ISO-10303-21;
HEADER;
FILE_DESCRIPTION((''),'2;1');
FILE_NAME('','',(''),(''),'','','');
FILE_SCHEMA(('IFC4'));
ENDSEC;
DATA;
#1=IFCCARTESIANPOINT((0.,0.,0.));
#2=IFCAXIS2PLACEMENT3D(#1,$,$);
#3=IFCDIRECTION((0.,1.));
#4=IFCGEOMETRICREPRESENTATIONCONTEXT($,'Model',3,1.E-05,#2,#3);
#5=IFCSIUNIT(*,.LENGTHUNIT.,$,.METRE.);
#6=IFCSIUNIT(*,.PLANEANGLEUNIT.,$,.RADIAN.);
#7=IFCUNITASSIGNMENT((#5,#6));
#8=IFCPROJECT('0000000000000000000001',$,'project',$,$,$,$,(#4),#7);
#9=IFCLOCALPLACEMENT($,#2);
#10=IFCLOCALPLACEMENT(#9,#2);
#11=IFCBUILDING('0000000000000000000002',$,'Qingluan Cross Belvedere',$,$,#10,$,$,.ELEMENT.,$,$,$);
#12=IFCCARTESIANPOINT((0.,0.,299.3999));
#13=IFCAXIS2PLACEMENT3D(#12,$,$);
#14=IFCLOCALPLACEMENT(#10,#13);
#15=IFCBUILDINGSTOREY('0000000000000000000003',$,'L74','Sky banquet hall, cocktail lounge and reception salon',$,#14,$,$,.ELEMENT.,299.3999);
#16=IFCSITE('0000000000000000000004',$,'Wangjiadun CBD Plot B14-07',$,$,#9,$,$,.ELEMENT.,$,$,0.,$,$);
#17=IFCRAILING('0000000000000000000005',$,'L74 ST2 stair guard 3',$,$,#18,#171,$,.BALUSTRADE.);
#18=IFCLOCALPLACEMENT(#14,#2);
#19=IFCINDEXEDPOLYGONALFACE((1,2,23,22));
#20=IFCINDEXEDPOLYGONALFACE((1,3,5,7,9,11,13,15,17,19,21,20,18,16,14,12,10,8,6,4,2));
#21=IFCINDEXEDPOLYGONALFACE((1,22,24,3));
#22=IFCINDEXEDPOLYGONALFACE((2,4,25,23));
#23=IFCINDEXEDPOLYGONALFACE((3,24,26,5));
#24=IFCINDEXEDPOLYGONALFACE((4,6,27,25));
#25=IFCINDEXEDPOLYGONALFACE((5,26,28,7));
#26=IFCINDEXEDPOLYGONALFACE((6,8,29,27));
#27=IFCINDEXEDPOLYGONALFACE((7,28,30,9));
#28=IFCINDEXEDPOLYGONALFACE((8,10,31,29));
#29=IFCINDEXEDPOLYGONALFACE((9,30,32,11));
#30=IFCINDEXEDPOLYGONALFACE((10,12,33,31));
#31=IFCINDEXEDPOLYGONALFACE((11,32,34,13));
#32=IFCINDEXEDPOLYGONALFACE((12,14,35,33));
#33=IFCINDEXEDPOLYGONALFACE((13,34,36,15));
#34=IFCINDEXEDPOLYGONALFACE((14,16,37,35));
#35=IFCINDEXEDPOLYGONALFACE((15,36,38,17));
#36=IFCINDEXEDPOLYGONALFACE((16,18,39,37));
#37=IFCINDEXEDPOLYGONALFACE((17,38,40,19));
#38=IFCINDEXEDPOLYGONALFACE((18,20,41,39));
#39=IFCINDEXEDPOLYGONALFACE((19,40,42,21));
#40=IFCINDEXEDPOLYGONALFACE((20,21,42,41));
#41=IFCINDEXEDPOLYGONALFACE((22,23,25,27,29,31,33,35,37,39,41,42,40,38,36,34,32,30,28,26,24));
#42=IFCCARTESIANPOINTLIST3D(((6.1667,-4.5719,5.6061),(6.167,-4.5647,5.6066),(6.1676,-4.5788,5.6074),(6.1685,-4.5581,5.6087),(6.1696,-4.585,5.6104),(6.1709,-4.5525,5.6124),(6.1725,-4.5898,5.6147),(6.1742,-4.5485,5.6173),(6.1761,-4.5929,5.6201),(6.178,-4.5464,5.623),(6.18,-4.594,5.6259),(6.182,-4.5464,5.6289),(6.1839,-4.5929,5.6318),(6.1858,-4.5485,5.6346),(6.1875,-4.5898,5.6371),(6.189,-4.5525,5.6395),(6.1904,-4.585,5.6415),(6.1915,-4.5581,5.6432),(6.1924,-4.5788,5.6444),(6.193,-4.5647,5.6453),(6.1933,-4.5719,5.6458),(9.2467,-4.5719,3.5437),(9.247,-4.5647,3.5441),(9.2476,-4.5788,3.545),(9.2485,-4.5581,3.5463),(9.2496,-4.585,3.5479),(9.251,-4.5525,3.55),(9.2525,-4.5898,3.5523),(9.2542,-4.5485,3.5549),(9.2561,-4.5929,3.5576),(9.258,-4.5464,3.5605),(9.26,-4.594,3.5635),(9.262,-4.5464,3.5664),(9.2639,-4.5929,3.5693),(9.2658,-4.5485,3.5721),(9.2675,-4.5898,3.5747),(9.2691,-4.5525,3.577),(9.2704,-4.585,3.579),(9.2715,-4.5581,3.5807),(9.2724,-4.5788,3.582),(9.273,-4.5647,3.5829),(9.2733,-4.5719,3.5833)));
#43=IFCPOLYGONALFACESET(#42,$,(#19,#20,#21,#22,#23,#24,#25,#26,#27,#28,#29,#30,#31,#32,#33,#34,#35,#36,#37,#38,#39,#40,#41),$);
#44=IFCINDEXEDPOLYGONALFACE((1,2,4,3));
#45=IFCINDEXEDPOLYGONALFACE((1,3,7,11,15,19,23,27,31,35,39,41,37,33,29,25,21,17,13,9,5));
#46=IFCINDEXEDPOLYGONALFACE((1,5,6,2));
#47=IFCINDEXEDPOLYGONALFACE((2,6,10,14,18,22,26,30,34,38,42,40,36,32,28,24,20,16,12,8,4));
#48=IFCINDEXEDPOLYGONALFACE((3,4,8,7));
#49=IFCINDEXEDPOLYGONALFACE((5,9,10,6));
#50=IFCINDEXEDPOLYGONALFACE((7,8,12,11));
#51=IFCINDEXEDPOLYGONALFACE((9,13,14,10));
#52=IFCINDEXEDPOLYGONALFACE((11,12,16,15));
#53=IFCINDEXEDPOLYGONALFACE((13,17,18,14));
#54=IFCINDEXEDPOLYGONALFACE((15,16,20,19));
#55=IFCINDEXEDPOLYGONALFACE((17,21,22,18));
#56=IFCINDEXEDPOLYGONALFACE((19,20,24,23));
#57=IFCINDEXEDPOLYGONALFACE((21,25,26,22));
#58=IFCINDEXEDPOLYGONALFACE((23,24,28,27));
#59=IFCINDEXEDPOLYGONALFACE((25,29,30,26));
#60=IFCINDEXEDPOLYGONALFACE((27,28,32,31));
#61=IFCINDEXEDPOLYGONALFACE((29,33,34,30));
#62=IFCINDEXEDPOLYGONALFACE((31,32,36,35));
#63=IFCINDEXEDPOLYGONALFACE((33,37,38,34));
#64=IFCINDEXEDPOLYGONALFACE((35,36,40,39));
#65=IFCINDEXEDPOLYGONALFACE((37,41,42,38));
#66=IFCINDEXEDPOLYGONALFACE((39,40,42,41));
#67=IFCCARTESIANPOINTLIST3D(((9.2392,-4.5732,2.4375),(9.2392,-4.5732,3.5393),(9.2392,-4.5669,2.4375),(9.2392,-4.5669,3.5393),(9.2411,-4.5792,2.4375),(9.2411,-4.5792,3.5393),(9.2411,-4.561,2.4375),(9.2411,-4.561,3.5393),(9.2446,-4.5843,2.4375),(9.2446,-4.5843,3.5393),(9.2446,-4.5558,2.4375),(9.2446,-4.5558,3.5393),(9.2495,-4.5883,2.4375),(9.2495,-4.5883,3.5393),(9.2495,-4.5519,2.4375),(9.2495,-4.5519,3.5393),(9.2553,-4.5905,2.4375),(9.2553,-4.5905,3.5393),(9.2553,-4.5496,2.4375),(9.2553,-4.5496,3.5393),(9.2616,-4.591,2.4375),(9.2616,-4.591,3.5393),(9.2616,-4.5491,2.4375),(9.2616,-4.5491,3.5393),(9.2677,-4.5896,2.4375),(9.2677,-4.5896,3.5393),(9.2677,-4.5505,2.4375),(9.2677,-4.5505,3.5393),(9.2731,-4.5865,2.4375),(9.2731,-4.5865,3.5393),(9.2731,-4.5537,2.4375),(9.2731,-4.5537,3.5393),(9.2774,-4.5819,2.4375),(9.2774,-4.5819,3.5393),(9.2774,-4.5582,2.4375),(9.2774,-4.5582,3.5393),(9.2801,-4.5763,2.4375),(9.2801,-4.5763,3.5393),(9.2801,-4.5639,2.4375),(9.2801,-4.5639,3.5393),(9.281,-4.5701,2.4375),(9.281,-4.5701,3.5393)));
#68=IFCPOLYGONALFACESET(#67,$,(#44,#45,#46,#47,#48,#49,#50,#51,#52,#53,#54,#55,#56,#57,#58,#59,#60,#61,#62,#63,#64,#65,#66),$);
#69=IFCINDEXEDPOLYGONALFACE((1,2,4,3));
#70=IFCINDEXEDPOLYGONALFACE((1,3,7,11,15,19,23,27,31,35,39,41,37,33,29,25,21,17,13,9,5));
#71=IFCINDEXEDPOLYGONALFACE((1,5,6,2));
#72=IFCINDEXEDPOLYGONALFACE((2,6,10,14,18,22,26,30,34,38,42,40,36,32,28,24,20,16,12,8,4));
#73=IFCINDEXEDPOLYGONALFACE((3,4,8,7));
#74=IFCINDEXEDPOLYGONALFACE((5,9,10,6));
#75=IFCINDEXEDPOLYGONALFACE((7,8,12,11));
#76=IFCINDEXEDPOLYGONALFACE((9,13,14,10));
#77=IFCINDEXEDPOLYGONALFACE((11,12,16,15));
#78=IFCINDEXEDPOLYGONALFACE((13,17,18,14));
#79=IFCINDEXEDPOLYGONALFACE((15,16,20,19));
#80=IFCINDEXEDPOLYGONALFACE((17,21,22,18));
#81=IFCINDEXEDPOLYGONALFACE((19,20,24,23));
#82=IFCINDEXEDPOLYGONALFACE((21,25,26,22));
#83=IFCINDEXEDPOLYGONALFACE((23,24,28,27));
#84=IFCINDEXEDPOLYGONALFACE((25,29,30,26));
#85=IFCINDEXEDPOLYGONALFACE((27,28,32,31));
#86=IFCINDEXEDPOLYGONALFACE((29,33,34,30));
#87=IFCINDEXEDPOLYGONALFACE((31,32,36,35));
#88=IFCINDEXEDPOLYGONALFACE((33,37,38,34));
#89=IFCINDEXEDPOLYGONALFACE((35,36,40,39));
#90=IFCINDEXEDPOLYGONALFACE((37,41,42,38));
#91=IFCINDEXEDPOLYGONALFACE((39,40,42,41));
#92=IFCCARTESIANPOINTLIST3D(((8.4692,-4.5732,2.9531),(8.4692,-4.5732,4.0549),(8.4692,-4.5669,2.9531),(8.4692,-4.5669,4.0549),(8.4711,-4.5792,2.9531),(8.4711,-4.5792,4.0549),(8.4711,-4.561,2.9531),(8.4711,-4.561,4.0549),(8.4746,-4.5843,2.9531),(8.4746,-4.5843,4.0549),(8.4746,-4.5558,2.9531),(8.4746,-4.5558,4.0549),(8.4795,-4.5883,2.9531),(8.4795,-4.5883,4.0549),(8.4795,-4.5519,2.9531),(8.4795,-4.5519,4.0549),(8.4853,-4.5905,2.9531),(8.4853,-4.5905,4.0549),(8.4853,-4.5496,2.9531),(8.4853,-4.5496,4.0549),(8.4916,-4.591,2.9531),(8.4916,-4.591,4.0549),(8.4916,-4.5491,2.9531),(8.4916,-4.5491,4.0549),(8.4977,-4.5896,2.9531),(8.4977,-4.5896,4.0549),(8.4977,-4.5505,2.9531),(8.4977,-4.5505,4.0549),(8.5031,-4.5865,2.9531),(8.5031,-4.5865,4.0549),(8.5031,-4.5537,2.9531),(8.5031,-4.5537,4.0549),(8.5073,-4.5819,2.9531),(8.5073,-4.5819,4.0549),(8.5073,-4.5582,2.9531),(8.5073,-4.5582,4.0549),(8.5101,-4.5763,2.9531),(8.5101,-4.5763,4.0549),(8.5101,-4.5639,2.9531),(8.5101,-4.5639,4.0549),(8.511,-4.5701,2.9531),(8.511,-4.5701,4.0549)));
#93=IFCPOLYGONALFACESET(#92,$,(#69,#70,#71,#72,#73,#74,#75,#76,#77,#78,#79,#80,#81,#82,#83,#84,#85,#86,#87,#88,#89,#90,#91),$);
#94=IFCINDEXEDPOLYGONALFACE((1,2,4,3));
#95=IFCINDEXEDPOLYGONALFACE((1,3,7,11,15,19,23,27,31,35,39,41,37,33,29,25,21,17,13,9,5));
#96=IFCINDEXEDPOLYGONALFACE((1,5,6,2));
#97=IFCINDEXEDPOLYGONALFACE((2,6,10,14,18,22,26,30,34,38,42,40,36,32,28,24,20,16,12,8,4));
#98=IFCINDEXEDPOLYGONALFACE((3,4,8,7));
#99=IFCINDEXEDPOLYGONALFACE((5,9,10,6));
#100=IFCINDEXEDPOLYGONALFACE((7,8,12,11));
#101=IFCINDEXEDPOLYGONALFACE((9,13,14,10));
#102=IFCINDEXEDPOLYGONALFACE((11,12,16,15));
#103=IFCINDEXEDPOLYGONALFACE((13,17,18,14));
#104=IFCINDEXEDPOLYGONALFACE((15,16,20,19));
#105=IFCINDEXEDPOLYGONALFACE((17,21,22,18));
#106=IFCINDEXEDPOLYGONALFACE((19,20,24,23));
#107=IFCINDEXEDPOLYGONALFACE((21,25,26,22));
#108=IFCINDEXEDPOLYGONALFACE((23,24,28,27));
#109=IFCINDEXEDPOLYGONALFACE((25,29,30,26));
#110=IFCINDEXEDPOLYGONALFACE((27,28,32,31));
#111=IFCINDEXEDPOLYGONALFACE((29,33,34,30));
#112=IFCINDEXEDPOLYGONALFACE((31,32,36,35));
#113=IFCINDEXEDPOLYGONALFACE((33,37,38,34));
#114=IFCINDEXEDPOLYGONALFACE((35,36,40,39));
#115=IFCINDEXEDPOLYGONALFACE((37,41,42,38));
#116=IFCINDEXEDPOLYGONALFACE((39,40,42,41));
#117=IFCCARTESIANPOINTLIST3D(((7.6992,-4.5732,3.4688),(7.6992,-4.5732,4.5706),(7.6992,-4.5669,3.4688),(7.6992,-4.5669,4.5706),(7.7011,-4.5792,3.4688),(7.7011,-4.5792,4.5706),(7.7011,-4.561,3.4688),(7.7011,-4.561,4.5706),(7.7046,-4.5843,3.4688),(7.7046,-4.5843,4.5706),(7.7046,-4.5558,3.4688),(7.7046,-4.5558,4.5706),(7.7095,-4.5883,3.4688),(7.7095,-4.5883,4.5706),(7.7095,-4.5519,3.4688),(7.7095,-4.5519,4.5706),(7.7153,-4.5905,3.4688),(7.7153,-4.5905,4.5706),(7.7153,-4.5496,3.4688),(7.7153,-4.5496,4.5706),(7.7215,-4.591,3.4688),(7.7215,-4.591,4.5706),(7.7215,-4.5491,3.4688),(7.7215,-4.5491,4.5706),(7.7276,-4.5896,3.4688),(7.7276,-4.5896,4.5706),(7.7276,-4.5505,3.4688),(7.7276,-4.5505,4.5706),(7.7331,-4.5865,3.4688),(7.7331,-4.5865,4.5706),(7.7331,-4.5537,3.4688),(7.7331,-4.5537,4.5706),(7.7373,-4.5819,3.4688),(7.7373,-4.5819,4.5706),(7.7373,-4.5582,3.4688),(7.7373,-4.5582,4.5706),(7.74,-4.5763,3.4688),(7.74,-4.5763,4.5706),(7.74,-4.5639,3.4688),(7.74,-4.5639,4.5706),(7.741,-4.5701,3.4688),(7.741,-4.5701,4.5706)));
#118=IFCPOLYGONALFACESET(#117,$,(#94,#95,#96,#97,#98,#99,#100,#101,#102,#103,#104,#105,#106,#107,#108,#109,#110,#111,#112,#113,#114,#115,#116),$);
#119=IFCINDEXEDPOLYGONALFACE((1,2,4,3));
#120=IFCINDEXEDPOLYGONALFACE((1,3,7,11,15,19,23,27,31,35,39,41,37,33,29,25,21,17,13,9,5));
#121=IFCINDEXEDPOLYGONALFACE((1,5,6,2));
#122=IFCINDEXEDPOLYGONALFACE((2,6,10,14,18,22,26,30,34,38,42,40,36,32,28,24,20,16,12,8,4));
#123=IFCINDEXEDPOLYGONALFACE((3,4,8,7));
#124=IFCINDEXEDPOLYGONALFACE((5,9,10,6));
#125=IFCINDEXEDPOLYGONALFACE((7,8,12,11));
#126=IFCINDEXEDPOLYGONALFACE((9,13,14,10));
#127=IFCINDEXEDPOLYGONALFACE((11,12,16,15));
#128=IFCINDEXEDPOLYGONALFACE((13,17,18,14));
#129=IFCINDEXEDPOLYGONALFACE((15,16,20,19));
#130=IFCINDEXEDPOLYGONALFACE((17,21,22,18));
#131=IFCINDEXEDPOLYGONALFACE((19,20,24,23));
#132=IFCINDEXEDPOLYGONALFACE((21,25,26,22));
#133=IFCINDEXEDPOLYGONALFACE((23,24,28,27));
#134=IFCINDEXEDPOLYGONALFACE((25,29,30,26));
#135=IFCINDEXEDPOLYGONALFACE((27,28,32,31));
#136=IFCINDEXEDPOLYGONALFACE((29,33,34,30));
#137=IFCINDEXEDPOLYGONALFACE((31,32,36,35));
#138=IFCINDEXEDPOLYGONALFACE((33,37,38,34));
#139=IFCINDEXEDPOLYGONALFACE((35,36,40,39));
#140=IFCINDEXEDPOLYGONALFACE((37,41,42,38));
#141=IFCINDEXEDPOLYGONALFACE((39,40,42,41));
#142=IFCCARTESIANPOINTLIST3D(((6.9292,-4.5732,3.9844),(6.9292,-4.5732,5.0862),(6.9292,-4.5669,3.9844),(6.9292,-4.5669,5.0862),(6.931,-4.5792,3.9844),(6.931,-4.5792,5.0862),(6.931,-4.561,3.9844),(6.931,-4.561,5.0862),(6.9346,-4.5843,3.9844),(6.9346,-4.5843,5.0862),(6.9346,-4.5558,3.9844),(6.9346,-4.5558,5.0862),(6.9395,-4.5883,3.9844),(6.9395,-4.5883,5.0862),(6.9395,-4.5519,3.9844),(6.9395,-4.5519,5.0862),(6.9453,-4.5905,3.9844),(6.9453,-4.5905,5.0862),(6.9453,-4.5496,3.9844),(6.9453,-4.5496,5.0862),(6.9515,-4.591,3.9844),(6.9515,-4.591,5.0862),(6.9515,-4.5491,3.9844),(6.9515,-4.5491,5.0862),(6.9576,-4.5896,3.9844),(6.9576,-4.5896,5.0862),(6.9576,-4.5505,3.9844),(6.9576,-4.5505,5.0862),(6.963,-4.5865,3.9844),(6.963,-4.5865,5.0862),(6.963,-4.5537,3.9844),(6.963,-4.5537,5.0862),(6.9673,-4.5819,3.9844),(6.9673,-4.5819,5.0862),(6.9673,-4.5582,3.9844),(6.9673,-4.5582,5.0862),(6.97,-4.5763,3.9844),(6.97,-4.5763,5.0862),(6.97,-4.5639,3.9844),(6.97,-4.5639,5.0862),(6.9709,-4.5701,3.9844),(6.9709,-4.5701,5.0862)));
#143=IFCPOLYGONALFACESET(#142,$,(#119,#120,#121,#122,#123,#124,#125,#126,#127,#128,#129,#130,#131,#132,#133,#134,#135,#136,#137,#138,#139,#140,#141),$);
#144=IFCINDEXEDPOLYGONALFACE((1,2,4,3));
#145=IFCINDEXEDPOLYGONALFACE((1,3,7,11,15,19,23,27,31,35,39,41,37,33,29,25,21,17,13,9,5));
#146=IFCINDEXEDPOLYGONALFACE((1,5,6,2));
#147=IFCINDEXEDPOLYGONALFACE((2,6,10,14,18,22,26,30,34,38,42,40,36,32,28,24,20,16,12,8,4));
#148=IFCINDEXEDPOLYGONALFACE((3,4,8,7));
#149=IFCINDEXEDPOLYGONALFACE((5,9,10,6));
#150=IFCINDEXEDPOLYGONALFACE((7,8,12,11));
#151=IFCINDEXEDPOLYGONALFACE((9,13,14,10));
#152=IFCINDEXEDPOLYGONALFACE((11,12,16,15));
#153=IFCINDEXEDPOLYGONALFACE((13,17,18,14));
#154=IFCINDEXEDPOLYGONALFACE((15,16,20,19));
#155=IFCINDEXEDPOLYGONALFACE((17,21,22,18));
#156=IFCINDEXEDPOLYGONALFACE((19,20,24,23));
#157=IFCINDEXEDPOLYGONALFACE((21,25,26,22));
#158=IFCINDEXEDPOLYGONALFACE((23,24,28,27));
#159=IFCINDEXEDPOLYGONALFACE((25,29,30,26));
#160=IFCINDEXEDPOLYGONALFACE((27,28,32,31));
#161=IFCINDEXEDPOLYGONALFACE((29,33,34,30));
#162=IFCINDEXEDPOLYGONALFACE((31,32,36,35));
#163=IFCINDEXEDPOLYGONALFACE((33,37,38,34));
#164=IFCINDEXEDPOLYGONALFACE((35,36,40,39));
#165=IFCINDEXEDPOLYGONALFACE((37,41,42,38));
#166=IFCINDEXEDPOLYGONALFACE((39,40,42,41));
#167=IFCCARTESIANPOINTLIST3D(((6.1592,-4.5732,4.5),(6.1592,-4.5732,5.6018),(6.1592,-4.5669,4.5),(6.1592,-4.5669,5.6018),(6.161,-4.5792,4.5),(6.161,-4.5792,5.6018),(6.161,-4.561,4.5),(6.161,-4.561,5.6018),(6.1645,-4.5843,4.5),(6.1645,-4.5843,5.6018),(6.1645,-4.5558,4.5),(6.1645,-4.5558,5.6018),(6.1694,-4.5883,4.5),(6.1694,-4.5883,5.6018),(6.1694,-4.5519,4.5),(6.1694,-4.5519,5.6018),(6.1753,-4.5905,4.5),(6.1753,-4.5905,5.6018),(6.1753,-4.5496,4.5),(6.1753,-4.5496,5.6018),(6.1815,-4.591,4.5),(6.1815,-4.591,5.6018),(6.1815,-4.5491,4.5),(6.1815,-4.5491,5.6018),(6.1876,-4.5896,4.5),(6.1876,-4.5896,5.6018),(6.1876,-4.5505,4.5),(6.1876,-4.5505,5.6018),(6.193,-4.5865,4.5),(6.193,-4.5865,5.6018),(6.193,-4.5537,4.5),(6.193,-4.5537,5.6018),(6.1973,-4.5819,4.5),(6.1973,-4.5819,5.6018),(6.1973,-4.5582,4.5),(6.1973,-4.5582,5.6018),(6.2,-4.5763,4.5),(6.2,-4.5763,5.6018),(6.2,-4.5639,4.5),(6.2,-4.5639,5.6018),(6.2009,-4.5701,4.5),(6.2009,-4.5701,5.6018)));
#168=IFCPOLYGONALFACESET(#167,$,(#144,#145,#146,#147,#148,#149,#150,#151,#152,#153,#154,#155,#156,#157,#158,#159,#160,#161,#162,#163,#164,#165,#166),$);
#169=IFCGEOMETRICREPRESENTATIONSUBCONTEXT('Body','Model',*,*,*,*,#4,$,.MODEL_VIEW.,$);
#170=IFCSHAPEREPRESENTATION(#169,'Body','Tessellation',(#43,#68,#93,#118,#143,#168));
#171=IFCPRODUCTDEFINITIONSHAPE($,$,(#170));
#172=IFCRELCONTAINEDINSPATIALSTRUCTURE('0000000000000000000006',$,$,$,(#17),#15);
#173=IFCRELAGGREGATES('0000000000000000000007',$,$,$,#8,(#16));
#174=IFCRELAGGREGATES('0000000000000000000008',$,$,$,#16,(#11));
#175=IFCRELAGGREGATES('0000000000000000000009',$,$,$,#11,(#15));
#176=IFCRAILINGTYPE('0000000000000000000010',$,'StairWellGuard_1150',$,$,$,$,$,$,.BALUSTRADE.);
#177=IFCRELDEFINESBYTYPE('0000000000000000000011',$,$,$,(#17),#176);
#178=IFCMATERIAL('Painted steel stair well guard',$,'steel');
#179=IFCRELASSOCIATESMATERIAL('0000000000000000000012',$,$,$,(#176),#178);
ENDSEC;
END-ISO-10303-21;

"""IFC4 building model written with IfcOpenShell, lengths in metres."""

from ifc_helpers import new_model, si_unit, direction, frame, origin, origin_2d, place, context, subcontext, project, spatial, circle, extrude, material, type_object, element, save


model = new_model("IFC4")

# Units and contexts
model_context = context("Model", 3, precision=1e-05, world=origin(), true_north=direction((0.0, 1.0)))
body_context = subcontext(model_context, "Body", "Model", "MODEL_VIEW")
ifc_project = project(units=[si_unit("LENGTHUNIT", "METRE"), si_unit("PLANEANGLEUNIT", "RADIAN")], contexts=[model_context])

# Site, building, storey
site_placement = place(None, origin())
site = spatial("IfcSite", under=ifc_project, at=site_placement, Name="Wangjiadun CBD Plot B14-07", CompositionType="ELEMENT", RefElevation=0.0)
building_placement = place(site_placement, origin())
building = spatial("IfcBuilding", under=site, at=building_placement, Name="Qingluan Cross Belvedere", CompositionType="ELEMENT")
storey_placement = place(building_placement, frame((0.0, 0.0, 299.3999)))
storey = spatial("IfcBuildingStorey", under=building, at=storey_placement, Name="L74", Description="Sky banquet hall, cocktail lounge and reception salon", CompositionType="ELEMENT", Elevation=299.3999)

# Railing
ifc_material_1 = material(Name="Painted steel stair well guard", Category="steel")
railing_type_1 = type_object("IfcRailingType", Name="StairWellGuard_1150", PredefinedType="BALUSTRADE", material=ifc_material_1)
railing_1_placement = place(storey_placement, frame((9.26, -4.5701, 2.4375)))
element("IfcRailing", 1, at=railing_1_placement, inside=storey, type_object=railing_type_1, Name="L74 ST2 stair guard 3", PredefinedType="BALUSTRADE", context=body_context, shape_type="SweptSolid", body=[
    extrude(circle(Radius=0.0239, at=origin_2d()), frame((0.0, 0.0, 1.126), z_axis=(-0.830914, 0.0, 0.556401), x_axis=(0.0, -1.0, 0.0)), (0.0, 0.0, 1.0), 3.7068),
    extrude(circle(Radius=0.021, at=origin_2d()), origin(), (0.0, 0.0, 1.0), 1.1018),
    extrude(circle(Radius=0.021, at=origin_2d()), frame((-0.77, 0.0, 0.5156)), (0.0, 0.0, 1.0), 1.1018),
    extrude(circle(Radius=0.021, at=origin_2d()), frame((-1.54, 0.0, 1.0312)), (0.0, 0.0, 1.0), 1.1018),
    extrude(circle(Radius=0.021, at=origin_2d()), frame((-2.3101, 0.0, 1.5469)), (0.0, 0.0, 1.0), 1.1018),
    extrude(circle(Radius=0.021, at=origin_2d()), frame((-3.0801, 0.0, 2.0625)), (0.0, 0.0, 1.0), 1.1018),
])

save(model, "model.ifc")
